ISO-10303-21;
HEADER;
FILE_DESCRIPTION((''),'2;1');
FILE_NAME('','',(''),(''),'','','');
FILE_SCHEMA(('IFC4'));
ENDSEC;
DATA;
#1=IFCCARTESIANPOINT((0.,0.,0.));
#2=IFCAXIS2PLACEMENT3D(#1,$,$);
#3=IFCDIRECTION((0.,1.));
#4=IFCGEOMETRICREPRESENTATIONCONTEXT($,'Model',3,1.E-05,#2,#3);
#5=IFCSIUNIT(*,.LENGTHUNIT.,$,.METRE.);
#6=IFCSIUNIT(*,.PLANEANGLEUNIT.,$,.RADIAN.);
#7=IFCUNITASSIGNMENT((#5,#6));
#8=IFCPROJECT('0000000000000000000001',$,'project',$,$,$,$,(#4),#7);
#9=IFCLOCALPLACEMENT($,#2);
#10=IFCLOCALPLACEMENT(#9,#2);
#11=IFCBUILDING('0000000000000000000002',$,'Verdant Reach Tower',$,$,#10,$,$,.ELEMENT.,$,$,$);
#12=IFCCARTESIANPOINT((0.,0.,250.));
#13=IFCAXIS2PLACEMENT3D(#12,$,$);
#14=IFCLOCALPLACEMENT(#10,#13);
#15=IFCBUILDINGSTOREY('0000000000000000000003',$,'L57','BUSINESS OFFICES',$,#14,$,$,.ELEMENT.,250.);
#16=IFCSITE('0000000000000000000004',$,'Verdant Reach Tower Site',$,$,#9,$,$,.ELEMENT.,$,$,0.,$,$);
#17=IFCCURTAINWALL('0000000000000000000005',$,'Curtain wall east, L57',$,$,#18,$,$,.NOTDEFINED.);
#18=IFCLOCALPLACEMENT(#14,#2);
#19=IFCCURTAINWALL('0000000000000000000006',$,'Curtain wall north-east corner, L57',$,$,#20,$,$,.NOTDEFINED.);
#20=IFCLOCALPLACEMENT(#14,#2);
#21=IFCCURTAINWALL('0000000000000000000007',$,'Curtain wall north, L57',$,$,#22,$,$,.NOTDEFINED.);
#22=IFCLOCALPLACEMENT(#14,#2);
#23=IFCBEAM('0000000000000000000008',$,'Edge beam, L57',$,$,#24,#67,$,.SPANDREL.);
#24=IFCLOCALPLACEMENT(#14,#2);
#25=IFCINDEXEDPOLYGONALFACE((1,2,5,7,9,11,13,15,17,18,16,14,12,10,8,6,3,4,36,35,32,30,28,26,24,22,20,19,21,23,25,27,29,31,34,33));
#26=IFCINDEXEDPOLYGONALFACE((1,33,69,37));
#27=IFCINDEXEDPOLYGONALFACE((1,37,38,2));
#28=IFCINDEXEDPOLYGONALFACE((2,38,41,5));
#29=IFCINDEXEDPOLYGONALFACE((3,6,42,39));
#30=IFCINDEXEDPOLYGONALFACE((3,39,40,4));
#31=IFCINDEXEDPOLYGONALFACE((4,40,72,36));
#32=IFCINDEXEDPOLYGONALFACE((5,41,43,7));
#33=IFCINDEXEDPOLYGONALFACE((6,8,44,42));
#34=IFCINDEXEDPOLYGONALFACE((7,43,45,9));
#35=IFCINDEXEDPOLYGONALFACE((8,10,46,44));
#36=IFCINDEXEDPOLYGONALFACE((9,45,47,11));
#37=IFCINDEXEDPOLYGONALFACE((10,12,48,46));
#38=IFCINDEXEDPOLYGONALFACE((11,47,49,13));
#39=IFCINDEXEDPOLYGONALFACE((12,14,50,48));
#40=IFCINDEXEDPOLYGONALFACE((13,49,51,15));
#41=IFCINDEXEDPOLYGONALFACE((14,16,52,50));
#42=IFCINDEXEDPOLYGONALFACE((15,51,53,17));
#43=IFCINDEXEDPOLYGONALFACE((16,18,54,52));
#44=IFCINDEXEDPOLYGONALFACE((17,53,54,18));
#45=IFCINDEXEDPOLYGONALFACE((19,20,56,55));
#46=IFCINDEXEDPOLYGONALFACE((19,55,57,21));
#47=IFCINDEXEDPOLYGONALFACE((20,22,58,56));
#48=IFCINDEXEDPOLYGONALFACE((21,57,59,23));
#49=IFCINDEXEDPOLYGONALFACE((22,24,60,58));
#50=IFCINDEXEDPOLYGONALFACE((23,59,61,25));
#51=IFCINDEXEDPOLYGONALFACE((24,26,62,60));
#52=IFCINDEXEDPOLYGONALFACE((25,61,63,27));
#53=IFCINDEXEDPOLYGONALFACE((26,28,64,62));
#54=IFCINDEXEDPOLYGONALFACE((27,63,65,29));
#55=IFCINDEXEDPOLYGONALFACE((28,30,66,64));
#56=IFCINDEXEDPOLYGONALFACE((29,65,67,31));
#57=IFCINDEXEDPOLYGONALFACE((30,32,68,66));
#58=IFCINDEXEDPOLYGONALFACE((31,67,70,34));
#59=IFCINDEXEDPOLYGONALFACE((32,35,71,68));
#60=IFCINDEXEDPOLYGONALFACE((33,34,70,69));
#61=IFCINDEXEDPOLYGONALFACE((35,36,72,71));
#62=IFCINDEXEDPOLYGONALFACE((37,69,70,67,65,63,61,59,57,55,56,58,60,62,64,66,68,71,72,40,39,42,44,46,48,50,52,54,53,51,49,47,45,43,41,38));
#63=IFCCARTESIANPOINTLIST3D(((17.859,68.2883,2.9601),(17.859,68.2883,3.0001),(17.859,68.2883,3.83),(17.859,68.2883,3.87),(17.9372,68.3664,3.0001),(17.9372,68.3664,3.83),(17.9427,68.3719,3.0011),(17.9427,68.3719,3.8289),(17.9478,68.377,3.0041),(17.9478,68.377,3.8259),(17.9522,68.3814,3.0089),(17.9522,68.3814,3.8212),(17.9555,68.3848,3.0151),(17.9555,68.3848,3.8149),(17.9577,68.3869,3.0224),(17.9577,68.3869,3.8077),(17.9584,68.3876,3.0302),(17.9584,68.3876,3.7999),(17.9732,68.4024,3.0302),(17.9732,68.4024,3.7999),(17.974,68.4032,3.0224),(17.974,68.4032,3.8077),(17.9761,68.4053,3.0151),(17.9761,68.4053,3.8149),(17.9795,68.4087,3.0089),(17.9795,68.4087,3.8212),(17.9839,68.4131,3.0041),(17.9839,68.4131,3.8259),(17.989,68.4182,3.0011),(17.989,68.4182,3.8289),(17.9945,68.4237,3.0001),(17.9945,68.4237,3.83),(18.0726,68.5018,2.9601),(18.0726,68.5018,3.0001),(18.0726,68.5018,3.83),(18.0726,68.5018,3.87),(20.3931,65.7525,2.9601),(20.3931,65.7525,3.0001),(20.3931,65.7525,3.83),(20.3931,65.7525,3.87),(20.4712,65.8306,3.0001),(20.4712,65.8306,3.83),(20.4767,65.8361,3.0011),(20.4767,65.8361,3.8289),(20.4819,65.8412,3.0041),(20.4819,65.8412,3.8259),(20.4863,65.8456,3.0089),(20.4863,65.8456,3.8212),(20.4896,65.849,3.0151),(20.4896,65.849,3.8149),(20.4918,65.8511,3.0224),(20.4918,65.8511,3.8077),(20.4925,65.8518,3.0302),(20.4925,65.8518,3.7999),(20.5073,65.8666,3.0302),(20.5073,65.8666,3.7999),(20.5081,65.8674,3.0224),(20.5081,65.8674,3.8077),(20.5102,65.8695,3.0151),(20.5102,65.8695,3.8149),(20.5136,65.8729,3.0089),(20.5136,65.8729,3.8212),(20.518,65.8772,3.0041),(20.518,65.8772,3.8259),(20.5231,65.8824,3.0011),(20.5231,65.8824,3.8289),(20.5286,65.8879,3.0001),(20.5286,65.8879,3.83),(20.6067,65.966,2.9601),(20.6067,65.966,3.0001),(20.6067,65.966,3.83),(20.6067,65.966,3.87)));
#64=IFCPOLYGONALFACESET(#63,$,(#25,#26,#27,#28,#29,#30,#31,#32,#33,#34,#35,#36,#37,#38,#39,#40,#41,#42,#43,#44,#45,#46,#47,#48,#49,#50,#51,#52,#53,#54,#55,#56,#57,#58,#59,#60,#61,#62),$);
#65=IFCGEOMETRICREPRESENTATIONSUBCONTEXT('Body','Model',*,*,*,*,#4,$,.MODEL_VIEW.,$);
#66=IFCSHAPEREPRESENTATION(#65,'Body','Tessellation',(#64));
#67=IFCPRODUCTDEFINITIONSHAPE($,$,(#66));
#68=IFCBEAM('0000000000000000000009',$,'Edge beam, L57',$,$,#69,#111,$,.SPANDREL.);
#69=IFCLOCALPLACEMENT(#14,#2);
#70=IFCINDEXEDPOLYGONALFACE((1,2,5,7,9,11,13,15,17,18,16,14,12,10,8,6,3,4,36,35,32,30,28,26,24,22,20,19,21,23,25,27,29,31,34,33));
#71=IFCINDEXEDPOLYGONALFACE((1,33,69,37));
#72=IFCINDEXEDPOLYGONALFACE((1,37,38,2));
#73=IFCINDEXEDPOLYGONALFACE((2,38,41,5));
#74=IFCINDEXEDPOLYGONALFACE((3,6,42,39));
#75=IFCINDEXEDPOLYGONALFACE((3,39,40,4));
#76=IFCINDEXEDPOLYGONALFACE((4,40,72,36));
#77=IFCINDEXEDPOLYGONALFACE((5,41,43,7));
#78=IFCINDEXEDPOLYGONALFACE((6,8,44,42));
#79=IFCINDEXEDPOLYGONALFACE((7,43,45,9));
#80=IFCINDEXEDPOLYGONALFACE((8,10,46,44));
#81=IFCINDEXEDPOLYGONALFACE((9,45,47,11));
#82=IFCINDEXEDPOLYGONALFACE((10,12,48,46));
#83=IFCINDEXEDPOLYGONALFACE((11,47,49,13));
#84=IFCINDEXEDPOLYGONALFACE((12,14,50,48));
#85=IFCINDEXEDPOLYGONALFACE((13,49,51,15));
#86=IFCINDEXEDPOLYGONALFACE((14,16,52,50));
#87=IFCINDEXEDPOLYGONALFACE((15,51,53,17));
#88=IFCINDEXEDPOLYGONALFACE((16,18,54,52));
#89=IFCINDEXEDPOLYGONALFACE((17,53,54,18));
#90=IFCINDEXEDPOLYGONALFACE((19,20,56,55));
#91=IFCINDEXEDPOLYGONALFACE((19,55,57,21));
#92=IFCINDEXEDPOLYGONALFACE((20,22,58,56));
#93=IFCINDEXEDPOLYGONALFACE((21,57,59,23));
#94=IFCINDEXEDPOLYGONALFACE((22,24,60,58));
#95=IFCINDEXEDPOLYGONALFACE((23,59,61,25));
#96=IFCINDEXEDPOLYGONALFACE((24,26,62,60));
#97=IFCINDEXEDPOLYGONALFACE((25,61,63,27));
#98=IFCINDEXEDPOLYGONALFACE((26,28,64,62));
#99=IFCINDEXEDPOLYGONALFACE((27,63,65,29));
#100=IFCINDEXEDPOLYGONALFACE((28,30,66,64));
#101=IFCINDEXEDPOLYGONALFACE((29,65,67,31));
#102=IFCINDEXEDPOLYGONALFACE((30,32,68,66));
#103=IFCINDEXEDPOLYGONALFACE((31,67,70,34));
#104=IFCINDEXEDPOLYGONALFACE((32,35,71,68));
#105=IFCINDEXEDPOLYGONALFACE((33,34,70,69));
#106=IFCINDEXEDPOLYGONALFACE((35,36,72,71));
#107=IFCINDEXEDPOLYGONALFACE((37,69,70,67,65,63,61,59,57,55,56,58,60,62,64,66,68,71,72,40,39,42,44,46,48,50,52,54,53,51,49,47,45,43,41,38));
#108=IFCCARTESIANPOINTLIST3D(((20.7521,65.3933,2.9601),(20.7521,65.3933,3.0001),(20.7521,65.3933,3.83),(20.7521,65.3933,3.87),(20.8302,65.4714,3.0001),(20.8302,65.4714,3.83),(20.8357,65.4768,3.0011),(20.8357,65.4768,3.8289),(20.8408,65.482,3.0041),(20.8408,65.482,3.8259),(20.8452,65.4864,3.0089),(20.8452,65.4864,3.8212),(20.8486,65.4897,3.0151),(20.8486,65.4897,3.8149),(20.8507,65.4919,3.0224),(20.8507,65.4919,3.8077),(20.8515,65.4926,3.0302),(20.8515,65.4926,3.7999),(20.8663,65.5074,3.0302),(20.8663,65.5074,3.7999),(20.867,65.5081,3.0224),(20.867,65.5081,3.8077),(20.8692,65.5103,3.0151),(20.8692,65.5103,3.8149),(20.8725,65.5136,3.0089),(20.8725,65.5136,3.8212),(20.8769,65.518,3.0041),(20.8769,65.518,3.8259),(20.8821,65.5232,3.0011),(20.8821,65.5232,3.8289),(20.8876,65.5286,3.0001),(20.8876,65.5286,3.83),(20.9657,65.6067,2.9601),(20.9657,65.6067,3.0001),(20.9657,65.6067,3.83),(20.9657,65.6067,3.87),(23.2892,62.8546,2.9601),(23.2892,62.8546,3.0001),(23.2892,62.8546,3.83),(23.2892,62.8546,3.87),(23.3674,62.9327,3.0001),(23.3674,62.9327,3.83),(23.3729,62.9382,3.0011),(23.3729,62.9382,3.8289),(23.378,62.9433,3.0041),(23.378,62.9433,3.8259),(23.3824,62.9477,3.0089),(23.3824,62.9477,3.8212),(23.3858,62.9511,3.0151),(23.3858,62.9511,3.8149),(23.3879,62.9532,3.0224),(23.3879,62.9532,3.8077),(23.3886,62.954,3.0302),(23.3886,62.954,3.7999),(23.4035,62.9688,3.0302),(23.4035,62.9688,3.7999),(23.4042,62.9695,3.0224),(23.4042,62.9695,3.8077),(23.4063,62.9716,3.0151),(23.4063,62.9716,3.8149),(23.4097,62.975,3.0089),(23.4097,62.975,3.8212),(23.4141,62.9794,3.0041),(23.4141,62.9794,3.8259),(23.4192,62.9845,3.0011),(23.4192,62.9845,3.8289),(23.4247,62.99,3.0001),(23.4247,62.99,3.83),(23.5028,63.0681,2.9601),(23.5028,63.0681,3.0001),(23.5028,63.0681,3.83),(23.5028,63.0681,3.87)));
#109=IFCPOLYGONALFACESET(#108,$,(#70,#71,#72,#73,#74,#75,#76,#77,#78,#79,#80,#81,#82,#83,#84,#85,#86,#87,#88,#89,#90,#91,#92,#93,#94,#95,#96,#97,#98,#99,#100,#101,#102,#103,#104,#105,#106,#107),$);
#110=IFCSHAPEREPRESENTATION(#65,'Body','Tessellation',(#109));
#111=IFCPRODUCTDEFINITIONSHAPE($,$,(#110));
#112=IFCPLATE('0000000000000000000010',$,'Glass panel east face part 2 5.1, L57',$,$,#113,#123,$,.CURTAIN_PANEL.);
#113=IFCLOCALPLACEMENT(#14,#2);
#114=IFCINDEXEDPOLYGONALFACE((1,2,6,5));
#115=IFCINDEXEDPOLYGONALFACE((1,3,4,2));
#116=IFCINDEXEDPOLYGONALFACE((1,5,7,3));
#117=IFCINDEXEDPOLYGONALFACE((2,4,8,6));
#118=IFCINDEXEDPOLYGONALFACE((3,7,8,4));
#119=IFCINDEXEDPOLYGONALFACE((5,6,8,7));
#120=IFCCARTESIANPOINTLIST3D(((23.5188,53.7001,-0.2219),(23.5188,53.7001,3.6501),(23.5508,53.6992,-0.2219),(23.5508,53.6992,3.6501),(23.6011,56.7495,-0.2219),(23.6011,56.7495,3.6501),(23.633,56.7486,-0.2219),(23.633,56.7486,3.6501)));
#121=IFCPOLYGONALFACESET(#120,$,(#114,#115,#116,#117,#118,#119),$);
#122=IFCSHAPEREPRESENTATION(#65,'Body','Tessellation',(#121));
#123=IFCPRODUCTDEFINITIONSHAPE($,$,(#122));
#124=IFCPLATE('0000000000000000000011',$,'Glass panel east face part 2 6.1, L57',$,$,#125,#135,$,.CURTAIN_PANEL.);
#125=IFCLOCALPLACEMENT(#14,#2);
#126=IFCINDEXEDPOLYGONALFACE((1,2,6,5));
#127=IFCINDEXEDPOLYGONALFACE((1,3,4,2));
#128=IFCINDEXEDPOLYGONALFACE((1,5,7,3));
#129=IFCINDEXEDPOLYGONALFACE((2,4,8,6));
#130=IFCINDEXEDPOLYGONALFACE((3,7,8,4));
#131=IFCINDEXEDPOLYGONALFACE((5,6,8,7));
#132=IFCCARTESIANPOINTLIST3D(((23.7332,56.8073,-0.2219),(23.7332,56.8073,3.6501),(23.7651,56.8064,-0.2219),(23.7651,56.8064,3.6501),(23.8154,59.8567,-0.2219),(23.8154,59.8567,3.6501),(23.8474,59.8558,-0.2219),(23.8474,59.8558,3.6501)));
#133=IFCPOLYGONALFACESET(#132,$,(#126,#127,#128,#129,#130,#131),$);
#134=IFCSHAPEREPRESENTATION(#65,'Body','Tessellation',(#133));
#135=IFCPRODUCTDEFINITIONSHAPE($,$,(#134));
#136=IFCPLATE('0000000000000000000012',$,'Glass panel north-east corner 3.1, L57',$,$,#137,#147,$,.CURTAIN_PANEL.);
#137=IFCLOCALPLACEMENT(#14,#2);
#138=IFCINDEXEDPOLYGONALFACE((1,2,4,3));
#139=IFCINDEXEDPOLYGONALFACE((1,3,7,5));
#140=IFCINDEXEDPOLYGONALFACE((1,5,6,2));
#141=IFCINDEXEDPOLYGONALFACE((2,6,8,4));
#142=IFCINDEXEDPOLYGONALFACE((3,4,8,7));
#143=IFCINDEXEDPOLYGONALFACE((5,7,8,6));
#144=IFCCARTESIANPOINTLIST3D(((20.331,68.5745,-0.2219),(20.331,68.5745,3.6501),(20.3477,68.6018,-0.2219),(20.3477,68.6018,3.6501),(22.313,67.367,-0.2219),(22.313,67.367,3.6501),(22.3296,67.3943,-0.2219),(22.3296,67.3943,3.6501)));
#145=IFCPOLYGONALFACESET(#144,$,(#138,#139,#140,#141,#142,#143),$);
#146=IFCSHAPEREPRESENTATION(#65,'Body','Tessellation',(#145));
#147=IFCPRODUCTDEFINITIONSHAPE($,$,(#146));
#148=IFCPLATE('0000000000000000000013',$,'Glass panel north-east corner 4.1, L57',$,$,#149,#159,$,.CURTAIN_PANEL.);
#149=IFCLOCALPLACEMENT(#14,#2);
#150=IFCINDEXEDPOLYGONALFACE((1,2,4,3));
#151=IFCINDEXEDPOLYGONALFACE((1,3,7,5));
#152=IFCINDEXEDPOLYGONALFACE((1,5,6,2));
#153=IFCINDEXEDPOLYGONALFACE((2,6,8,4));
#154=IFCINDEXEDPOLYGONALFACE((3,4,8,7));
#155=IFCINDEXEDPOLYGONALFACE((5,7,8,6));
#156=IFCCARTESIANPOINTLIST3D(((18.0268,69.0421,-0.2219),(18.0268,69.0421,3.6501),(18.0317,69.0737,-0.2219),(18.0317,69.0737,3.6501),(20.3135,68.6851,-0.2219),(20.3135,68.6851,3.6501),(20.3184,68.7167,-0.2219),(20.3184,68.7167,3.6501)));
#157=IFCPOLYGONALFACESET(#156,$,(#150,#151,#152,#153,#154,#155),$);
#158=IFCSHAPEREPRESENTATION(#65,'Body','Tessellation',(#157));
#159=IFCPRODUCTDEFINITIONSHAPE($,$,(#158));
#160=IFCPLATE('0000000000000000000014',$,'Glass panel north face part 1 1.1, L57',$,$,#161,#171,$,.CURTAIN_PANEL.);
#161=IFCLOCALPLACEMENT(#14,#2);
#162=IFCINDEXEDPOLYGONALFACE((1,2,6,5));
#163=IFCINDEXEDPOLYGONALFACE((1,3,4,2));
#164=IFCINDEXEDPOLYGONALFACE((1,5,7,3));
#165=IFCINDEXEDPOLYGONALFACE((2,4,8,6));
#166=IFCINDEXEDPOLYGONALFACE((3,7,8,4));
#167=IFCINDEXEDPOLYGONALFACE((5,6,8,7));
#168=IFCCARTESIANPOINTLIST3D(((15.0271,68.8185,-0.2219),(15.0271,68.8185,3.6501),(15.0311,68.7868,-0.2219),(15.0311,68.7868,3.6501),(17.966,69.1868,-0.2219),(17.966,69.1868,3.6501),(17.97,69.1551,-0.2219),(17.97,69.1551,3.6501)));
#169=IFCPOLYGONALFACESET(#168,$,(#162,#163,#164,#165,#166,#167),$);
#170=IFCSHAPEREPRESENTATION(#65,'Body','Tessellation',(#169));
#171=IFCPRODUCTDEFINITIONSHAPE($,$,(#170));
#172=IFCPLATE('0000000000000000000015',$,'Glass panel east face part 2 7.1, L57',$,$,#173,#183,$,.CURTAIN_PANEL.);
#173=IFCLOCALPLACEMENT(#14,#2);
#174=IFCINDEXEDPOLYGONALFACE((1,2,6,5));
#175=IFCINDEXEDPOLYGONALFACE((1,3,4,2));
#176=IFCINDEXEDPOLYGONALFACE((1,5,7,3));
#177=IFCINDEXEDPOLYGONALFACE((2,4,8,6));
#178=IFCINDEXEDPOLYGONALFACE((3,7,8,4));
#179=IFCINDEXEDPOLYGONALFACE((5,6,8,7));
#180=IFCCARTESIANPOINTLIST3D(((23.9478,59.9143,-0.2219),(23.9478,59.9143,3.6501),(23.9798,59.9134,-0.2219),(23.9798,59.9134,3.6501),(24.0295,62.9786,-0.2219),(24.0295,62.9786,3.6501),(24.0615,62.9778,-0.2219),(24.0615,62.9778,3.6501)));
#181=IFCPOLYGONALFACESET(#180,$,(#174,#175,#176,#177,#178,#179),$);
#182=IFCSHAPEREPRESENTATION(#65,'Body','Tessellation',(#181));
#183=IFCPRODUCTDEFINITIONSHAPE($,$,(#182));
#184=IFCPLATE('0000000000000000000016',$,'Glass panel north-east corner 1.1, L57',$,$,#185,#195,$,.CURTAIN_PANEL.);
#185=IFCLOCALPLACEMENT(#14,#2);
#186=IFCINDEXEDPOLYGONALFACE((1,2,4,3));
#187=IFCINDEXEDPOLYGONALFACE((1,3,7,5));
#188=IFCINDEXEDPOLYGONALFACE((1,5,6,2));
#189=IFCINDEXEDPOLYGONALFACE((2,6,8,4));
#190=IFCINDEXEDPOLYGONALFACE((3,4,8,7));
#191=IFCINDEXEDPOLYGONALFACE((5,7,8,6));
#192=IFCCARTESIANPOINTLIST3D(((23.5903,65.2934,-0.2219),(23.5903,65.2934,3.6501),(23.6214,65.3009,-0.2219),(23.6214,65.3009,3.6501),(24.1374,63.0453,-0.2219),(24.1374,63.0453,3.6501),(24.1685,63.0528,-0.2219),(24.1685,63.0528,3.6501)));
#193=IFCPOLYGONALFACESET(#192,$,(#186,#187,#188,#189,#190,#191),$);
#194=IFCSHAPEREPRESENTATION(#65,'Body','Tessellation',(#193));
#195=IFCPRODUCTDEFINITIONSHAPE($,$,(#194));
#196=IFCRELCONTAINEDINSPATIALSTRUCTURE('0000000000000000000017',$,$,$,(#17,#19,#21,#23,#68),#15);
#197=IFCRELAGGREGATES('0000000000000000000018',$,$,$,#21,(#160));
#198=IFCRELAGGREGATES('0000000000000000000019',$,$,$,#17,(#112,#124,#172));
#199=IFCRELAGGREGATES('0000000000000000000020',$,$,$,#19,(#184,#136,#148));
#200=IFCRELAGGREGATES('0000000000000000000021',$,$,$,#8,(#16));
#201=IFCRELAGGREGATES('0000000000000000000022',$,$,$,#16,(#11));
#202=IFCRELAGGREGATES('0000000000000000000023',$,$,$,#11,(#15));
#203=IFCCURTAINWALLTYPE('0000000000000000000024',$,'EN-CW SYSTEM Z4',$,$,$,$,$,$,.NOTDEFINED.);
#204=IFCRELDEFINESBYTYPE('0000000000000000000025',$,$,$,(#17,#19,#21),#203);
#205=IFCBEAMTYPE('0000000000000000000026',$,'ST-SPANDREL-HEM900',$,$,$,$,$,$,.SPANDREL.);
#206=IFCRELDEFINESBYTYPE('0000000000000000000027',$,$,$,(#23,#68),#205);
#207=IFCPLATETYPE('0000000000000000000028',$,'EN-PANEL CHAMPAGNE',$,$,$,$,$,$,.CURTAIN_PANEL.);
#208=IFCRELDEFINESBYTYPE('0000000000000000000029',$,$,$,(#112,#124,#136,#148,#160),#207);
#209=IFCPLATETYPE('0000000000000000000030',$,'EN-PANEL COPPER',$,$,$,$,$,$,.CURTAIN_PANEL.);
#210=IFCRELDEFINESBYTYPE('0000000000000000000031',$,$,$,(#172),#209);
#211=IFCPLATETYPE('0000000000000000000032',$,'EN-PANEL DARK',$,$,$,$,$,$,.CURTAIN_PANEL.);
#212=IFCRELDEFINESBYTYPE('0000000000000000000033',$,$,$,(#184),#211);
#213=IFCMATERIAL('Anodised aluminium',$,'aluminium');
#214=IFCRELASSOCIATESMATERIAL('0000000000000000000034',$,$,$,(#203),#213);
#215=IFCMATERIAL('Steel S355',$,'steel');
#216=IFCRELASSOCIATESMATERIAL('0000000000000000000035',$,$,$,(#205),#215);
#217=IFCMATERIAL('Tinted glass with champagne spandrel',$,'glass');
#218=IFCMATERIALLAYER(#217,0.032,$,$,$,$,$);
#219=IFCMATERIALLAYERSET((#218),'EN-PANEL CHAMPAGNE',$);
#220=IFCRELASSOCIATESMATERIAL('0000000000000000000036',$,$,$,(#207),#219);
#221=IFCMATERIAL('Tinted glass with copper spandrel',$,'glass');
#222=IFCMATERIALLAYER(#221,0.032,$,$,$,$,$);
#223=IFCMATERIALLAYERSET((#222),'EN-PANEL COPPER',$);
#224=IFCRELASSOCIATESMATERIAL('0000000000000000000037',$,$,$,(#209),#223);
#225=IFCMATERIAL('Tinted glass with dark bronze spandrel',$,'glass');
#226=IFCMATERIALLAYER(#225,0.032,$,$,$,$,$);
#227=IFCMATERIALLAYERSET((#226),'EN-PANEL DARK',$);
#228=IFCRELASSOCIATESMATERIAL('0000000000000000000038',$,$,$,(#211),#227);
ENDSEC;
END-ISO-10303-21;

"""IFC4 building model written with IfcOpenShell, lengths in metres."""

from ifc_helpers import new_model, si_unit, direction, frame, origin, origin_2d, place, context, subcontext, project, spatial, rectangle, i_section, extrude, material, layer, layer_set, material_profile, profile_set, type_object, element, aggregate, save


model = new_model("IFC4")

# Units and contexts
model_context = context("Model", 3, precision=1e-05, world=origin(), true_north=direction((0.0, 1.0)))
body_context = subcontext(model_context, "Body", "Model", "MODEL_VIEW")
ifc_project = project(units=[si_unit("LENGTHUNIT", "METRE"), si_unit("PLANEANGLEUNIT", "RADIAN")], contexts=[model_context])

# Site, building, storey
site_placement = place(None, origin())
site = spatial("IfcSite", under=ifc_project, at=site_placement, Name="Verdant Reach Tower Site", CompositionType="ELEMENT", RefElevation=0.0)
building_placement = place(site_placement, origin())
building = spatial("IfcBuilding", under=site, at=building_placement, Name="Verdant Reach Tower", CompositionType="ELEMENT")
storey_placement = place(building_placement, frame((0.0, 0.0, 250.0)))
storey = spatial("IfcBuildingStorey", under=building, at=storey_placement, Name="L57", Description="BUSINESS OFFICES", CompositionType="ELEMENT", Elevation=250.0)

# Curtain walls
ifc_material_1 = material(Name="Anodised aluminium", Category="aluminium")
curtain_wall_type = type_object("IfcCurtainWallType", Name="EN-CW SYSTEM Z4", PredefinedType="NOTDEFINED", material=ifc_material_1)
curtain_wall_1_placement = place(storey_placement, origin())
curtain_wall_1 = element("IfcCurtainWall", 1, at=curtain_wall_1_placement, inside=storey, type_object=curtain_wall_type, Name="Curtain wall east, L57", PredefinedType="NOTDEFINED")
curtain_wall_2_placement = place(storey_placement, origin())
curtain_wall_2 = element("IfcCurtainWall", 2, at=curtain_wall_2_placement, inside=storey, type_object=curtain_wall_type, Name="Curtain wall north-east corner, L57", PredefinedType="NOTDEFINED")
curtain_wall_3_placement = place(storey_placement, origin())
curtain_wall_3 = element("IfcCurtainWall", 3, at=curtain_wall_3_placement, inside=storey, type_object=curtain_wall_type, Name="Curtain wall north, L57", PredefinedType="NOTDEFINED")

# Beams
ifc_material_2 = material(Name="Steel S355", Category="steel")
ifc_material_profile_1 = material_profile(ifc_material_2, i_section(OverallWidth=0.302, OverallDepth=0.9099, WebThickness=0.021, FlangeThickness=0.04, FilletRadius=0.03, at=origin_2d()), Name="HEM 900")
ifc_profile_set_1 = profile_set([ifc_material_profile_1], Name="Steel S355")
beam_type_1 = type_object("IfcBeamType", Name="ST-SPANDREL-HEM900", PredefinedType="SPANDREL", material=ifc_profile_set_1)
beam_1_placement = place(storey_placement, frame((17.9658, 68.395, 3.415), z_axis=(0.706868, -0.707345, 0.0), x_axis=(0.707345, 0.706868, 0.0)))
element("IfcBeam", 4, at=beam_1_placement, inside=storey, type_object=beam_type_1, Name="Edge beam, L57", PredefinedType="SPANDREL", context=body_context, shape_type="SweptSolid", body=[
    extrude(i_section(OverallWidth=0.302, OverallDepth=0.9099, WebThickness=0.021, FlangeThickness=0.04, FilletRadius=0.03, at=origin_2d()), origin(), (0.0, 0.0, 1.0), 3.585),
])
beam_2_placement = place(storey_placement, frame((20.8589, 65.5, 3.415), z_axis=(0.706903, -0.707311, 0.0), x_axis=(0.707311, 0.706903, 0.0)))
element("IfcBeam", 5, at=beam_2_placement, inside=storey, type_object=beam_type_1, Name="Edge beam, L57", PredefinedType="SPANDREL", context=body_context, shape_type="SweptSolid", body=[
    extrude(i_section(OverallWidth=0.302, OverallDepth=0.9099, WebThickness=0.021, FlangeThickness=0.04, FilletRadius=0.03, at=origin_2d()), origin(), (0.0, 0.0, 1.0), 3.5891),
])

# Plates
ifc_material_3 = material(Name="Tinted glass with champagne spandrel", Category="glass")
ifc_layer_1 = layer(ifc_material_3, 0.032)
ifc_layer_set_1 = layer_set([ifc_layer_1], Name="EN-PANEL CHAMPAGNE")
plate_type_1 = type_object("IfcPlateType", Name="EN-PANEL CHAMPAGNE", PredefinedType="CURTAIN_PANEL", material=ifc_layer_set_1)
plate_1_placement = place(storey_placement, frame((23.5759, 55.2244, -0.2219), z_axis=(0.0, 0.0, 1.0), x_axis=(0.026965, 0.999636, 0.0)))
plate_1 = element("IfcPlate", 6, at=plate_1_placement, type_object=plate_type_1, Name="Glass panel east face part 2 5.1, L57", PredefinedType="CURTAIN_PANEL", context=body_context, shape_type="SweptSolid", body=[
    extrude(rectangle(XDim=3.0505, YDim=0.032, at=origin_2d()), origin(), (0.0, 0.0, 1.0), 3.8721),
])
plate_2_placement = place(storey_placement, frame((23.7903, 58.3315, -0.2219), z_axis=(0.0, 0.0, 1.0), x_axis=(0.026965, 0.999636, 0.0)))
plate_2 = element("IfcPlate", 7, at=plate_2_placement, type_object=plate_type_1, Name="Glass panel east face part 2 6.1, L57", PredefinedType="CURTAIN_PANEL", context=body_context, shape_type="SweptSolid", body=[
    extrude(rectangle(XDim=3.0505, YDim=0.032, at=origin_2d()), origin(), (0.0, 0.0, 1.0), 3.8721),
])
plate_3_placement = place(storey_placement, frame((21.3303, 67.9844, -0.2219), z_axis=(0.0, 0.0, 1.0), x_axis=(-0.853989, 0.520292, 0.0)))
plate_3 = element("IfcPlate", 8, at=plate_3_placement, type_object=plate_type_1, Name="Glass panel north-east corner 3.1, L57", PredefinedType="CURTAIN_PANEL", context=body_context, shape_type="SweptSolid", body=[
    extrude(rectangle(XDim=2.3208, YDim=0.032, at=origin_2d()), origin(), (0.0, 0.0, 1.0), 3.8721),
])
plate_4_placement = place(storey_placement, frame((19.1726, 68.8794, -0.2219), z_axis=(0.0, 0.0, 1.0), x_axis=(-0.988027, 0.154279, 0.0)))
plate_4 = element("IfcPlate", 9, at=plate_4_placement, type_object=plate_type_1, Name="Glass panel north-east corner 4.1, L57", PredefinedType="CURTAIN_PANEL", context=body_context, shape_type="SweptSolid", body=[
    extrude(rectangle(XDim=2.3145, YDim=0.032, at=origin_2d()), origin(), (0.0, 0.0, 1.0), 3.8721),
])
plate_5_placement = place(storey_placement, frame((16.4985, 68.9868, -0.2219), z_axis=(0.0, 0.0, 1.0), x_axis=(-0.992239, -0.124346, 0.0)))
plate_5 = element("IfcPlate", 10, at=plate_5_placement, type_object=plate_type_1, Name="Glass panel north face part 1 1.1, L57", PredefinedType="CURTAIN_PANEL", context=body_context, shape_type="SweptSolid", body=[
    extrude(rectangle(XDim=2.9619, YDim=0.032, at=origin_2d()), origin(), (0.0, 0.0, 1.0), 3.8721),
])
aggregate(curtain_wall_3, [plate_5])
ifc_material_4 = material(Name="Tinted glass with copper spandrel", Category="glass")
ifc_layer_2 = layer(ifc_material_4, 0.032)
ifc_layer_set_2 = layer_set([ifc_layer_2], Name="EN-PANEL COPPER")
plate_type_2 = type_object("IfcPlateType", Name="EN-PANEL COPPER", PredefinedType="CURTAIN_PANEL", material=ifc_layer_set_2)
plate_6_placement = place(storey_placement, frame((24.0046, 61.446, -0.2219), z_axis=(0.0, 0.0, 1.0), x_axis=(0.026651, 0.999645, 0.0)))
plate_6 = element("IfcPlate", 11, at=plate_6_placement, type_object=plate_type_2, Name="Glass panel east face part 2 7.1, L57", PredefinedType="CURTAIN_PANEL", context=body_context, shape_type="SweptSolid", body=[
    extrude(rectangle(XDim=3.0654, YDim=0.032, at=origin_2d()), origin(), (0.0, 0.0, 1.0), 3.8721),
])
aggregate(curtain_wall_1, [plate_1, plate_2, plate_6])
ifc_material_5 = material(Name="Tinted glass with dark bronze spandrel", Category="glass")
ifc_layer_3 = layer(ifc_material_5, 0.032)
ifc_layer_set_3 = layer_set([ifc_layer_3], Name="EN-PANEL DARK")
plate_type_3 = type_object("IfcPlateType", Name="EN-PANEL DARK", PredefinedType="CURTAIN_PANEL", material=ifc_layer_set_3)
plate_7_placement = place(storey_placement, frame((23.8794, 64.1731, -0.2219), z_axis=(0.0, 0.0, 1.0), x_axis=(-0.236459, 0.971642, 0.0)))
plate_7 = element("IfcPlate", 12, at=plate_7_placement, type_object=plate_type_3, Name="Glass panel north-east corner 1.1, L57", PredefinedType="CURTAIN_PANEL", context=body_context, shape_type="SweptSolid", body=[
    extrude(rectangle(XDim=2.3137, YDim=0.032, at=origin_2d()), origin(), (0.0, 0.0, 1.0), 3.8721),
])
aggregate(curtain_wall_2, [plate_7, plate_3, plate_4])

save(model, "model.ifc")
